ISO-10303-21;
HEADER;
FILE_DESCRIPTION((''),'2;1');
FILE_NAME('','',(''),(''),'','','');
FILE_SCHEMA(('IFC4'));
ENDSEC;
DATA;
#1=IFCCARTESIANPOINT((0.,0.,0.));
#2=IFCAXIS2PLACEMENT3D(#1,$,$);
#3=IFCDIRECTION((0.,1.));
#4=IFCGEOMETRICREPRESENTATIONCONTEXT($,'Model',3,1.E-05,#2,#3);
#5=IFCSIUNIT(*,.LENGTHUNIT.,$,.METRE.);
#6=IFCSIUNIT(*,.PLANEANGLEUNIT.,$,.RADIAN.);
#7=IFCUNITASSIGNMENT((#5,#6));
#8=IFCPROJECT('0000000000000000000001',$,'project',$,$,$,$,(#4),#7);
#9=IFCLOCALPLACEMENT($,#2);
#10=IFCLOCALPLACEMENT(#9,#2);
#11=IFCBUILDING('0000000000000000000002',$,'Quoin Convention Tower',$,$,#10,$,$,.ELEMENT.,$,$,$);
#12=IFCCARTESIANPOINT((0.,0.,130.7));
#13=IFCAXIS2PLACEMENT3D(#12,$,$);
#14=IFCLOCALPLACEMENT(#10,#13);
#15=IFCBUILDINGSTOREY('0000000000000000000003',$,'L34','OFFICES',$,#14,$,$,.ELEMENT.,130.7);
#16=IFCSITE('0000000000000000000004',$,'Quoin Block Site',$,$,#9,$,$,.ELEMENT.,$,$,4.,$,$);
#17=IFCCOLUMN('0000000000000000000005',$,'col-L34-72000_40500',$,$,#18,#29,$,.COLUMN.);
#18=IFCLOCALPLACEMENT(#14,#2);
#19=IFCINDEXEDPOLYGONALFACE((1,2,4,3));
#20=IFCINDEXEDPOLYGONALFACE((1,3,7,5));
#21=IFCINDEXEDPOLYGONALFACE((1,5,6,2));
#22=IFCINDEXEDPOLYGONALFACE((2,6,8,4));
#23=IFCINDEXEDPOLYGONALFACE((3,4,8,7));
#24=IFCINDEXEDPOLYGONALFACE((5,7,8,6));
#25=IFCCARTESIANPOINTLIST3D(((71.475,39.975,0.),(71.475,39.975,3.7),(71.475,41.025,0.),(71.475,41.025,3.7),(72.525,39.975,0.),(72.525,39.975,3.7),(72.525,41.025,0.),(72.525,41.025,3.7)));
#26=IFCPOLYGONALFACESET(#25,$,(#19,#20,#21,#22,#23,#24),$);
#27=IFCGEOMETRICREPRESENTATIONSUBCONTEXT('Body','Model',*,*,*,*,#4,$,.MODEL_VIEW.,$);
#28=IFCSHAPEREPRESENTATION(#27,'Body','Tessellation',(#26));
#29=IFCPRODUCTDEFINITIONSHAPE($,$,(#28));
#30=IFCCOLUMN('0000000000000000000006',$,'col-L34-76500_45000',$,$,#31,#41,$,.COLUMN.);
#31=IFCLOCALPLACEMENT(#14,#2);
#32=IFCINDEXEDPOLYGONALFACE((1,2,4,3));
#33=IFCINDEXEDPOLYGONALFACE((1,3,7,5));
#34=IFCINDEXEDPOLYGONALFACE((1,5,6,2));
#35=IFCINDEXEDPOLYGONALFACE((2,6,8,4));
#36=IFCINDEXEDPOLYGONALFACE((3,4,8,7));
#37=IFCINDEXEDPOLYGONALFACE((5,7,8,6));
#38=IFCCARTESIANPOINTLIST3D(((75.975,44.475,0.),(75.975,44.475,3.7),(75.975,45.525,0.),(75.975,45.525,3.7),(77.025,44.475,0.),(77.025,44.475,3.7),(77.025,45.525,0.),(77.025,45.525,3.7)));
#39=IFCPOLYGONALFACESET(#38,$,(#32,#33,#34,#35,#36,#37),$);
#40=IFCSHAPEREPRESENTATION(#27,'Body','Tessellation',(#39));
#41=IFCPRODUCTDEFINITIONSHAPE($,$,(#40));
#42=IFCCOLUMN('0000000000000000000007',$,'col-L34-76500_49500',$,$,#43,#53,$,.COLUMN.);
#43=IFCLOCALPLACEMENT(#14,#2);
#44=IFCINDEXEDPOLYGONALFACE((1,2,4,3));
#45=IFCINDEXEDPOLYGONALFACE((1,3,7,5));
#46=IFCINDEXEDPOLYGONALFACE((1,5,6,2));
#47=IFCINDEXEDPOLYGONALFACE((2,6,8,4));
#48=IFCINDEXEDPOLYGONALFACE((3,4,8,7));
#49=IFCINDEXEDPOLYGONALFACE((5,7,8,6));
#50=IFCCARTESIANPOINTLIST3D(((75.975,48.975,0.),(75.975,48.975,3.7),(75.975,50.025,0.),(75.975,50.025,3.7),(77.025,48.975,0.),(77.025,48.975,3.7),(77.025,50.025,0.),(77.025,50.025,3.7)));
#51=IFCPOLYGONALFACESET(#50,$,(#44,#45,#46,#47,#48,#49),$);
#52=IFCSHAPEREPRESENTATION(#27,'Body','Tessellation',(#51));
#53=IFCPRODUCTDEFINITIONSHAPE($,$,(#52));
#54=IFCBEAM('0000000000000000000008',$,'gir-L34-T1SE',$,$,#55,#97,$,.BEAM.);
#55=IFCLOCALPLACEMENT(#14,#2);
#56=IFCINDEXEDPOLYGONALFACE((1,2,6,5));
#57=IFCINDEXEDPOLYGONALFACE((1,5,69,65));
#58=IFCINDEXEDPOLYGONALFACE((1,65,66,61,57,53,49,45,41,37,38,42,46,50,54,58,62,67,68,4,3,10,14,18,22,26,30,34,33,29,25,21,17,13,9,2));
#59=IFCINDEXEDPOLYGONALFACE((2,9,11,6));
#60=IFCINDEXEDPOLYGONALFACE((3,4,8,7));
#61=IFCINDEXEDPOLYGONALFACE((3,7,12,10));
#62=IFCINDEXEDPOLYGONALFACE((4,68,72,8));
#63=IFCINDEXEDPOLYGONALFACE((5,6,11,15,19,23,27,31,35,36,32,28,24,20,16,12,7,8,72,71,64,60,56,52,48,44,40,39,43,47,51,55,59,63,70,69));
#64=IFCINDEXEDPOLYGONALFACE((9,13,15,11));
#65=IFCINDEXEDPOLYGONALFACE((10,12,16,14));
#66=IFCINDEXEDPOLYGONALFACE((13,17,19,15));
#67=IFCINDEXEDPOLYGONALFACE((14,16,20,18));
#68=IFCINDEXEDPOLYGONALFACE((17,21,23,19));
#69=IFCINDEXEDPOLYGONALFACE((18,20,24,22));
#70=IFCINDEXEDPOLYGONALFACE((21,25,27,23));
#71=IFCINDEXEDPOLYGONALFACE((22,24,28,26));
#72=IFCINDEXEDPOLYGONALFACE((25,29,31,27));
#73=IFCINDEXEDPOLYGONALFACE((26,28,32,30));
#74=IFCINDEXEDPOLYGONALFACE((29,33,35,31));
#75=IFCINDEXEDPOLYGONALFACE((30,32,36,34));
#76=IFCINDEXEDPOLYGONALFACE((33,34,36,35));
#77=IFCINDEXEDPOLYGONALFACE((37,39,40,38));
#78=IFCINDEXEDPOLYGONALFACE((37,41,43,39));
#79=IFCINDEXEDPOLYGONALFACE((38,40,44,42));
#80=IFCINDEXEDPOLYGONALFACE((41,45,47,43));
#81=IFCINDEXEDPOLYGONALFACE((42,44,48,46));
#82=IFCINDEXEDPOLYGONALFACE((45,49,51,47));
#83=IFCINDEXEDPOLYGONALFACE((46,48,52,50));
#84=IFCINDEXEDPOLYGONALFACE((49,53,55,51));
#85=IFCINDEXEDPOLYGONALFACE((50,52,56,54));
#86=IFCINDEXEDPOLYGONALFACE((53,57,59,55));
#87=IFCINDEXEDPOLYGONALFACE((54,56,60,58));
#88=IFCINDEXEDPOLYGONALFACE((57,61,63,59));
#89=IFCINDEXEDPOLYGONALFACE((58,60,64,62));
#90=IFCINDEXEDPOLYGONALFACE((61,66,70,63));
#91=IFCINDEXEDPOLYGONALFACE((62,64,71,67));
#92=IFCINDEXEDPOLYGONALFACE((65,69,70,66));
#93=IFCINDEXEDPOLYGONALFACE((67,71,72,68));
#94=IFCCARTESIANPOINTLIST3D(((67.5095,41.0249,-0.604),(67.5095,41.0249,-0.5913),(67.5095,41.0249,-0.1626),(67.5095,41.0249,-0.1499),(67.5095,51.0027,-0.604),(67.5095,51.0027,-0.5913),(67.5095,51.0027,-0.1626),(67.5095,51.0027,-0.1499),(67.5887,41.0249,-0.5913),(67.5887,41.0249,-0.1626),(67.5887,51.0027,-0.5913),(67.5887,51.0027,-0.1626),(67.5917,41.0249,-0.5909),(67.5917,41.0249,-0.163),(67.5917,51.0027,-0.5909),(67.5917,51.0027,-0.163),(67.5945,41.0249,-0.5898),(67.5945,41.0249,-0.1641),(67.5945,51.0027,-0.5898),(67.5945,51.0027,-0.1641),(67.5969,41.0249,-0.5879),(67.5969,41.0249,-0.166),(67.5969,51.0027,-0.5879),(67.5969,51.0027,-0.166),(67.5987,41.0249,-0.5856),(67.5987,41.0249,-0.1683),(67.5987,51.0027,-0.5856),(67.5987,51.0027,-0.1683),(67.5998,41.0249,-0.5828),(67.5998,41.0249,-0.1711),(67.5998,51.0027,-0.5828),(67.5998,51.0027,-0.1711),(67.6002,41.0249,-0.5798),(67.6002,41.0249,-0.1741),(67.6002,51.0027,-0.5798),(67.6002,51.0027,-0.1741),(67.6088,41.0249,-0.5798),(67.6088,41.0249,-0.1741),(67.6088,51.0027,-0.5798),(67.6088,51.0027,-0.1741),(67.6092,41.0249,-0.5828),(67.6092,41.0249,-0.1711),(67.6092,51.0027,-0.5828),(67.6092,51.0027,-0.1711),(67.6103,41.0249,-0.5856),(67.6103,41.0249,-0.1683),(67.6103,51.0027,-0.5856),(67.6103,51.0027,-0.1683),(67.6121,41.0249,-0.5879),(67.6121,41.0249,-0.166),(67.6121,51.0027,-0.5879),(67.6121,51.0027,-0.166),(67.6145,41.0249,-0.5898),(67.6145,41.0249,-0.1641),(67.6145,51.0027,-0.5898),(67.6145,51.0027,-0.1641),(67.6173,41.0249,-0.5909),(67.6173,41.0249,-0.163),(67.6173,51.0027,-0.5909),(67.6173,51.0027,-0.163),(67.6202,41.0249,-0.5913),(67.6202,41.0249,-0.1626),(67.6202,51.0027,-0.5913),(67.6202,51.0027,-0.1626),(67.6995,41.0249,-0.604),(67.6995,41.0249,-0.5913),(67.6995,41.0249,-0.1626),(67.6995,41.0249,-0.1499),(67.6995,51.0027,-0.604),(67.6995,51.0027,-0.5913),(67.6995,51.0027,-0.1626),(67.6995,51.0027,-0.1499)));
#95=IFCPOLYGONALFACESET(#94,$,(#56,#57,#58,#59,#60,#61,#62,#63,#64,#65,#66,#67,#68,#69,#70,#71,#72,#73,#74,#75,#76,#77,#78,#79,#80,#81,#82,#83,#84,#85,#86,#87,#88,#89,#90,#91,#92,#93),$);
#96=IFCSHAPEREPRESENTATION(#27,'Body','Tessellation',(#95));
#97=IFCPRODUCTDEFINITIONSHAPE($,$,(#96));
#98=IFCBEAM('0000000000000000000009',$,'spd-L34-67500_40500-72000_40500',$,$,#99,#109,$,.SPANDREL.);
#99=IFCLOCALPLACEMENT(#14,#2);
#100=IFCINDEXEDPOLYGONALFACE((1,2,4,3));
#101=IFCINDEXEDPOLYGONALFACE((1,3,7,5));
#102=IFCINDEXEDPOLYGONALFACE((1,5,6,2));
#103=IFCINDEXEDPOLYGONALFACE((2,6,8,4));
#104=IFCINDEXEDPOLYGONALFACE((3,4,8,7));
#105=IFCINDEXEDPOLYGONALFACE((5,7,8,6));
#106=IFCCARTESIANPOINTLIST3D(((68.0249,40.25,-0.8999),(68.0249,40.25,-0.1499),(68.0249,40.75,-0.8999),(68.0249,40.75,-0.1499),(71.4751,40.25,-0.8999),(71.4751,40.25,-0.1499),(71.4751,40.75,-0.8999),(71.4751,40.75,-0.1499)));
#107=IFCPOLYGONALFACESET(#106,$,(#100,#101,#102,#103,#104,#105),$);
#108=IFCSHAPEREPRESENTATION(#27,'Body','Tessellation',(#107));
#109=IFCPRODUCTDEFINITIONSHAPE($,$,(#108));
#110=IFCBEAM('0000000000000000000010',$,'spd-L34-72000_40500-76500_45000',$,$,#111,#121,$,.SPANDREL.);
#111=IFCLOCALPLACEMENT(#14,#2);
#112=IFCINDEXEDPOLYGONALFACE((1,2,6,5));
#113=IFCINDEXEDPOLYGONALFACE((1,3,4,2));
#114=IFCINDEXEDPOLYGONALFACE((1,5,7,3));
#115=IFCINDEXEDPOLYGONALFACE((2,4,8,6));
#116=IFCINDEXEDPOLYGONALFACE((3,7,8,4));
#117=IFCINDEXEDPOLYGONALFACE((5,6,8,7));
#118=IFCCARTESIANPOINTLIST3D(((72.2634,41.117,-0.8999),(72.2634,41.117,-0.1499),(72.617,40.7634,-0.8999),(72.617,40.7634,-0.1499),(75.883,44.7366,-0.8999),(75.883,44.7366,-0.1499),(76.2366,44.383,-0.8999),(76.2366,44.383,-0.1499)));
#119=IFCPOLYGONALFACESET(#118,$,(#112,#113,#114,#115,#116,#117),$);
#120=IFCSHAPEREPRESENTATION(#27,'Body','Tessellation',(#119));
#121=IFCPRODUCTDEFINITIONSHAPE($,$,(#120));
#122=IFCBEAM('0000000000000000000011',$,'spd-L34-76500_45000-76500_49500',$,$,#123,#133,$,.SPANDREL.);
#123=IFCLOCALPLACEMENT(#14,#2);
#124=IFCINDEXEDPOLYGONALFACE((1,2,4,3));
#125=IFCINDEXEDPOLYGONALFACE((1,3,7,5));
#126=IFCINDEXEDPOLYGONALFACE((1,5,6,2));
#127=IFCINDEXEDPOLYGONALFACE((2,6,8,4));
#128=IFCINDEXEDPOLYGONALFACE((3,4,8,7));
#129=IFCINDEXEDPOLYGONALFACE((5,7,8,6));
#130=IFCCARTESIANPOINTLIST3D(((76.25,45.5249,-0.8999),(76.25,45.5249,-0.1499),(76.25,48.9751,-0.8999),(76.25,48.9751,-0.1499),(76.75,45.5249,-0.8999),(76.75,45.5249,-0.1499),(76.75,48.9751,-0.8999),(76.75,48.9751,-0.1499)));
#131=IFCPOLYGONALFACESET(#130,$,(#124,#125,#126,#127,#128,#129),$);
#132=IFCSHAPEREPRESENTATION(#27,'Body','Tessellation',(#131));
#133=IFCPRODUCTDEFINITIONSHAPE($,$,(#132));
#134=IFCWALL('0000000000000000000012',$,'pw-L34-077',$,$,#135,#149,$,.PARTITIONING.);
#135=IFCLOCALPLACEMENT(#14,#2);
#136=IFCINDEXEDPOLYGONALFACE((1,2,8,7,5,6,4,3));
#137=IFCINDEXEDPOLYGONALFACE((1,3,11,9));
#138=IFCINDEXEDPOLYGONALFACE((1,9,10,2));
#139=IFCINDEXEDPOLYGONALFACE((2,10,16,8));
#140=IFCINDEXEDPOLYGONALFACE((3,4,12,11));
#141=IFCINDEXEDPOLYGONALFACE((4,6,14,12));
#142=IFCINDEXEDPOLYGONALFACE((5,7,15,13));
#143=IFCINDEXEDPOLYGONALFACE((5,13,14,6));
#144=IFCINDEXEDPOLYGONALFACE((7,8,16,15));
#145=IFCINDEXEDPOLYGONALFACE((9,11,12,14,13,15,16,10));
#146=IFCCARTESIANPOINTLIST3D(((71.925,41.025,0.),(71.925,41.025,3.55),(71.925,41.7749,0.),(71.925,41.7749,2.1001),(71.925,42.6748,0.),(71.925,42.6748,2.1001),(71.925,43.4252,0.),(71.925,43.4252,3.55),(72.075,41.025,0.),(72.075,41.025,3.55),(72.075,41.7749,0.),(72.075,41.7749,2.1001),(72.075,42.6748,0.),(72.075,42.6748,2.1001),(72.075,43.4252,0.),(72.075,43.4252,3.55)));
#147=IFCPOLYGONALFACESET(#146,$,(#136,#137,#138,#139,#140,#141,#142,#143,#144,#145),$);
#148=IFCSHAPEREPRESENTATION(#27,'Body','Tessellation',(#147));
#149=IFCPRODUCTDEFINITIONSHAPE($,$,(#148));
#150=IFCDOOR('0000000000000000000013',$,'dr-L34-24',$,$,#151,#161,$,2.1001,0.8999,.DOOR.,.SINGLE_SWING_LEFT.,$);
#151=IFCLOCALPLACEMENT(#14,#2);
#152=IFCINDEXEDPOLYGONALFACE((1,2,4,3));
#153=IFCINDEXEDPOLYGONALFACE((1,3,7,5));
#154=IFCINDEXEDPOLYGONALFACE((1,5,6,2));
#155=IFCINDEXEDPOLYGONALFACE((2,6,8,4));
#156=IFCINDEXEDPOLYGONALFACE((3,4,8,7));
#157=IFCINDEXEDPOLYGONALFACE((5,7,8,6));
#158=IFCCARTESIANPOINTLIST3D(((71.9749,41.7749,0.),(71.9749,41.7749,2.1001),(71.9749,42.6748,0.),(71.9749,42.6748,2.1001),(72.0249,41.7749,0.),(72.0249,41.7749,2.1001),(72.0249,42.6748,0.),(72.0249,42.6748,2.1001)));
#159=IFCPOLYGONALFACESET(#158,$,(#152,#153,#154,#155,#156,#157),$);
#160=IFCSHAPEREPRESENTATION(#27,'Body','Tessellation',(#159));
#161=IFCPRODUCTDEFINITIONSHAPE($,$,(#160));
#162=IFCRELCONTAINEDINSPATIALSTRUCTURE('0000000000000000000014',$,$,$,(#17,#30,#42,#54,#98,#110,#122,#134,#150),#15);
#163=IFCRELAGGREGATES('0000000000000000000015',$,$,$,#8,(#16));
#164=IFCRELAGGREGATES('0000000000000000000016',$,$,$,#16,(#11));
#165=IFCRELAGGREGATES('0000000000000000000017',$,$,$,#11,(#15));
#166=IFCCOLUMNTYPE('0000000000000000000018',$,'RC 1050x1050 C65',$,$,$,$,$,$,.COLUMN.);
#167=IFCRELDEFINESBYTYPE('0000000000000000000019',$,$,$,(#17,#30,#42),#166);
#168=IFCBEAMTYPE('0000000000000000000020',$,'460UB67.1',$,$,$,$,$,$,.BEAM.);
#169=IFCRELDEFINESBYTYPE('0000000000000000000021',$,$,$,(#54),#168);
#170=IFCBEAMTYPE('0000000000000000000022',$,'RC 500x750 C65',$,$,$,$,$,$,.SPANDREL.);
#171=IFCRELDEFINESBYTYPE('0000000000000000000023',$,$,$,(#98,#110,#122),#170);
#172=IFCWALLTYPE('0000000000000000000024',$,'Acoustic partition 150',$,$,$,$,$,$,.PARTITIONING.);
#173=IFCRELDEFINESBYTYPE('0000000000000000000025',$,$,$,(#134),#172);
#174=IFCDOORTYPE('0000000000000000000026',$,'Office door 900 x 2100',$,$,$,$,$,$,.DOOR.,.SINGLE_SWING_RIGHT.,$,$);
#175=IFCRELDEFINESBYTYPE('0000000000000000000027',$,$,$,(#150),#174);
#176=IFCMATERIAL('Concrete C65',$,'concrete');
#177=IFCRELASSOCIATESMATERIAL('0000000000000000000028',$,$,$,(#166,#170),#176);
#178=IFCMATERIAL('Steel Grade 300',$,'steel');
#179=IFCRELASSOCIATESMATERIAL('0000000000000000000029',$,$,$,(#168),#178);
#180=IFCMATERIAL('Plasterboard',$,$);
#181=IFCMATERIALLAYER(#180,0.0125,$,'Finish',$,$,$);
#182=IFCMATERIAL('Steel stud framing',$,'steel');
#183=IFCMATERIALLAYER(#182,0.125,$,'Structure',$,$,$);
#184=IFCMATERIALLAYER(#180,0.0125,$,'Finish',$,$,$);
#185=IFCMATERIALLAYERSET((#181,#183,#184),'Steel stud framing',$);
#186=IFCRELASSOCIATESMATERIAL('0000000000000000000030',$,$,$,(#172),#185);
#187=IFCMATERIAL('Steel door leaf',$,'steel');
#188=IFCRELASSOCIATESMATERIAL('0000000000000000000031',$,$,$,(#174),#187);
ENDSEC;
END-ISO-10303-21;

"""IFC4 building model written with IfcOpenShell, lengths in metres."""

from ifc_helpers import new_model, si_unit, direction, frame, frame_2d, origin, origin_2d, place, context, subcontext, project, spatial, rectangle, i_section, extrude, material, layer, layer_set, material_profile, profile_set, type_object, element, fill, save


model = new_model("IFC4")

# Units and contexts
model_context = context("Model", 3, precision=1e-05, world=origin(), true_north=direction((0.0, 1.0)))
body_context = subcontext(model_context, "Body", "Model", "MODEL_VIEW")
ifc_project = project(units=[si_unit("LENGTHUNIT", "METRE"), si_unit("PLANEANGLEUNIT", "RADIAN")], contexts=[model_context])

# Site, building, storey
site_placement = place(None, origin())
site = spatial("IfcSite", under=ifc_project, at=site_placement, Name="Quoin Block Site", CompositionType="ELEMENT", RefElevation=4.0)
building_placement = place(site_placement, origin())
building = spatial("IfcBuilding", under=site, at=building_placement, Name="Quoin Convention Tower", CompositionType="ELEMENT")
storey_placement = place(building_placement, frame((0.0, 0.0, 130.7)))
storey = spatial("IfcBuildingStorey", under=building, at=storey_placement, Name="L34", Description="OFFICES", CompositionType="ELEMENT", Elevation=130.7)

# Columns
ifc_material_1 = material(Name="Concrete C65", Category="concrete")
ifc_material_profile_1 = material_profile(ifc_material_1, rectangle(XDim=1.05, YDim=1.05, at=origin_2d()), Name="RC 1050x1050")
ifc_profile_set_1 = profile_set([ifc_material_profile_1], Name="Concrete C65")
column_type = type_object("IfcColumnType", Name="RC 1050x1050 C65", PredefinedType="COLUMN", material=ifc_profile_set_1)
for number, where, z_axis, x_axis, name in (
    (1, (72.0, 40.5, 0.0), (0.0, 0.0, 1.0), (1.0, 0.0, 0.0), "col-L34-72000_40500"),
    (2, (76.5, 45.0, 0.0), (0.0, 0.0, 1.0), (1.0, 0.0, 0.0), "col-L34-76500_45000"),
    (3, (76.5, 49.5, 0.0), (0.0, 0.0, 1.0), (1.0, 0.0, 0.0), "col-L34-76500_49500"),
):
    element("IfcColumn", number, at=place(storey_placement, frame(where, z_axis=z_axis, x_axis=x_axis)), inside=storey, type_object=column_type, Name=name, PredefinedType="COLUMN", context=body_context, shape_type="SweptSolid", body=[
        extrude(rectangle(XDim=1.05, YDim=1.05, at=origin_2d()), origin(), (0.0, 0.0, 1.0), 3.7),
    ])

# Beams
ifc_material_2 = material(Name="Steel Grade 300", Category="steel")
ifc_material_profile_2 = material_profile(ifc_material_2, i_section(OverallWidth=0.1899, OverallDepth=0.4541, WebThickness=0.0085, FlangeThickness=0.0127, FilletRadius=0.0115, at=origin_2d()), Name="460UB67.1")
ifc_profile_set_2 = profile_set([ifc_material_profile_2], Name="Steel Grade 300")
beam_type_1 = type_object("IfcBeamType", Name="460UB67.1", PredefinedType="BEAM", material=ifc_profile_set_2)
beam_1_placement = place(storey_placement, frame((67.6045, 41.0249, -0.377), z_axis=(0.0, 1.0, 0.0), x_axis=(-1.0, 0.0, 0.0)))
element("IfcBeam", 4, at=beam_1_placement, inside=storey, type_object=beam_type_1, Name="gir-L34-T1SE", PredefinedType="BEAM", context=body_context, shape_type="SweptSolid", body=[
    extrude(i_section(OverallWidth=0.1899, OverallDepth=0.4541, WebThickness=0.0085, FlangeThickness=0.0127, FilletRadius=0.0115, at=origin_2d()), origin(), (0.0, 0.0, 1.0), 9.9778),
])
ifc_material_profile_3 = material_profile(ifc_material_1, rectangle(XDim=0.5, YDim=0.75, at=origin_2d()), Name="RC 500x750")
ifc_profile_set_3 = profile_set([ifc_material_profile_3], Name="Concrete C65")
beam_type_2 = type_object("IfcBeamType", Name="RC 500x750 C65", PredefinedType="SPANDREL", material=ifc_profile_set_3)
beam_2_placement = place(storey_placement, frame((68.0249, 40.5, -0.5249), z_axis=(1.0, 0.0, 0.0), x_axis=(0.0, 1.0, 0.0)))
element("IfcBeam", 5, at=beam_2_placement, inside=storey, type_object=beam_type_2, Name="spd-L34-67500_40500-72000_40500", PredefinedType="SPANDREL", context=body_context, shape_type="SweptSolid", body=[
    extrude(rectangle(XDim=0.5, YDim=0.75, at=origin_2d()), origin(), (0.0, 0.0, 1.0), 3.4502),
])
beam_3_placement = place(storey_placement, frame((72.4402, 40.9402, -0.5249), z_axis=(0.707107, 0.707107, 0.0), x_axis=(-0.707107, 0.707107, 0.0)))
element("IfcBeam", 6, at=beam_3_placement, inside=storey, type_object=beam_type_2, Name="spd-L34-72000_40500-76500_45000", PredefinedType="SPANDREL", context=body_context, shape_type="SweptSolid", body=[
    extrude(rectangle(XDim=0.5, YDim=0.75, at=origin_2d()), origin(), (0.0, 0.0, 1.0), 5.1189),
])
beam_4_placement = place(storey_placement, frame((76.5, 45.5249, -0.5249), z_axis=(0.0, 1.0, 0.0), x_axis=(-1.0, 0.0, 0.0)))
element("IfcBeam", 7, at=beam_4_placement, inside=storey, type_object=beam_type_2, Name="spd-L34-76500_45000-76500_49500", PredefinedType="SPANDREL", context=body_context, shape_type="SweptSolid", body=[
    extrude(rectangle(XDim=0.5, YDim=0.75, at=origin_2d()), origin(), (0.0, 0.0, 1.0), 3.4502),
])

# Wall, opening, door
ifc_material_3 = material(Name="Plasterboard")
ifc_layer_1 = layer(ifc_material_3, 0.0125, Name="Finish")
ifc_material_4 = material(Name="Steel stud framing", Category="steel")
ifc_layer_2 = layer(ifc_material_4, 0.125, Name="Structure")
ifc_layer_3 = layer(ifc_material_3, 0.0125, Name="Finish")
ifc_layer_set_1 = layer_set([ifc_layer_1, ifc_layer_2, ifc_layer_3], Name="Steel stud framing")
wall_type_1 = type_object("IfcWallType", Name="Acoustic partition 150", PredefinedType="PARTITIONING", material=ifc_layer_set_1)
wall_1_placement = place(storey_placement, frame((72.0, 41.0249, 0.0), z_axis=(0.0, 0.0, 1.0), x_axis=(0.0, 1.0, 0.0)))
wall_1 = element("IfcWall", 8, at=wall_1_placement, inside=storey, type_object=wall_type_1, Name="pw-L34-077", PredefinedType="PARTITIONING", context=body_context, shape_type="SweptSolid", body=[
    extrude(rectangle(XDim=2.4001, YDim=0.1499, at=frame_2d((1.2002, 0.0))), origin(), (0.0, 0.0, 1.0), 3.55),
])
opening_1_placement = place(wall_1_placement, frame((0.75, 0.0, 0.0)))
opening_1 = element("IfcOpeningElement", 9, at=opening_1_placement, cuts=wall_1, PredefinedType="OPENING", context=body_context, shape_type="SweptSolid", body=[
    extrude(rectangle(XDim=0.8999, YDim=2.1001, at=frame_2d((0.45, 1.05))), frame((0.0, 0.085, 0.0), z_axis=(0.0, -1.0, 0.0), x_axis=(1.0, 0.0, 0.0)), (0.0, 0.0, 1.0), 0.1699),
])
ifc_material_5 = material(Name="Steel door leaf", Category="steel")
door_type_1 = type_object("IfcDoorType", Name="Office door 900 x 2100", OperationType="SINGLE_SWING_RIGHT", PredefinedType="DOOR", material=ifc_material_5)
door_1_placement = place(opening_1_placement, frame((0.8999, 0.0, 0.0), z_axis=(0.0, 0.0, 1.0), x_axis=(-1.0, 0.0, 0.0)))
door_1 = element("IfcDoor", 10, at=door_1_placement, inside=storey, type_object=door_type_1, Name="dr-L34-24", OperationType="SINGLE_SWING_LEFT", OverallHeight=2.1001, OverallWidth=0.8999, PredefinedType="DOOR", context=body_context, shape_type="SweptSolid", body=[
    extrude(rectangle(XDim=0.8999, YDim=2.1001, at=frame_2d((0.45, 1.05))), frame((0.0, 0.0249, 0.0), z_axis=(0.0, -1.0, 0.0), x_axis=(1.0, 0.0, 0.0)), (0.0, 0.0, 1.0), 0.05),
])
fill(opening_1, door_1)

save(model, "model.ifc")
